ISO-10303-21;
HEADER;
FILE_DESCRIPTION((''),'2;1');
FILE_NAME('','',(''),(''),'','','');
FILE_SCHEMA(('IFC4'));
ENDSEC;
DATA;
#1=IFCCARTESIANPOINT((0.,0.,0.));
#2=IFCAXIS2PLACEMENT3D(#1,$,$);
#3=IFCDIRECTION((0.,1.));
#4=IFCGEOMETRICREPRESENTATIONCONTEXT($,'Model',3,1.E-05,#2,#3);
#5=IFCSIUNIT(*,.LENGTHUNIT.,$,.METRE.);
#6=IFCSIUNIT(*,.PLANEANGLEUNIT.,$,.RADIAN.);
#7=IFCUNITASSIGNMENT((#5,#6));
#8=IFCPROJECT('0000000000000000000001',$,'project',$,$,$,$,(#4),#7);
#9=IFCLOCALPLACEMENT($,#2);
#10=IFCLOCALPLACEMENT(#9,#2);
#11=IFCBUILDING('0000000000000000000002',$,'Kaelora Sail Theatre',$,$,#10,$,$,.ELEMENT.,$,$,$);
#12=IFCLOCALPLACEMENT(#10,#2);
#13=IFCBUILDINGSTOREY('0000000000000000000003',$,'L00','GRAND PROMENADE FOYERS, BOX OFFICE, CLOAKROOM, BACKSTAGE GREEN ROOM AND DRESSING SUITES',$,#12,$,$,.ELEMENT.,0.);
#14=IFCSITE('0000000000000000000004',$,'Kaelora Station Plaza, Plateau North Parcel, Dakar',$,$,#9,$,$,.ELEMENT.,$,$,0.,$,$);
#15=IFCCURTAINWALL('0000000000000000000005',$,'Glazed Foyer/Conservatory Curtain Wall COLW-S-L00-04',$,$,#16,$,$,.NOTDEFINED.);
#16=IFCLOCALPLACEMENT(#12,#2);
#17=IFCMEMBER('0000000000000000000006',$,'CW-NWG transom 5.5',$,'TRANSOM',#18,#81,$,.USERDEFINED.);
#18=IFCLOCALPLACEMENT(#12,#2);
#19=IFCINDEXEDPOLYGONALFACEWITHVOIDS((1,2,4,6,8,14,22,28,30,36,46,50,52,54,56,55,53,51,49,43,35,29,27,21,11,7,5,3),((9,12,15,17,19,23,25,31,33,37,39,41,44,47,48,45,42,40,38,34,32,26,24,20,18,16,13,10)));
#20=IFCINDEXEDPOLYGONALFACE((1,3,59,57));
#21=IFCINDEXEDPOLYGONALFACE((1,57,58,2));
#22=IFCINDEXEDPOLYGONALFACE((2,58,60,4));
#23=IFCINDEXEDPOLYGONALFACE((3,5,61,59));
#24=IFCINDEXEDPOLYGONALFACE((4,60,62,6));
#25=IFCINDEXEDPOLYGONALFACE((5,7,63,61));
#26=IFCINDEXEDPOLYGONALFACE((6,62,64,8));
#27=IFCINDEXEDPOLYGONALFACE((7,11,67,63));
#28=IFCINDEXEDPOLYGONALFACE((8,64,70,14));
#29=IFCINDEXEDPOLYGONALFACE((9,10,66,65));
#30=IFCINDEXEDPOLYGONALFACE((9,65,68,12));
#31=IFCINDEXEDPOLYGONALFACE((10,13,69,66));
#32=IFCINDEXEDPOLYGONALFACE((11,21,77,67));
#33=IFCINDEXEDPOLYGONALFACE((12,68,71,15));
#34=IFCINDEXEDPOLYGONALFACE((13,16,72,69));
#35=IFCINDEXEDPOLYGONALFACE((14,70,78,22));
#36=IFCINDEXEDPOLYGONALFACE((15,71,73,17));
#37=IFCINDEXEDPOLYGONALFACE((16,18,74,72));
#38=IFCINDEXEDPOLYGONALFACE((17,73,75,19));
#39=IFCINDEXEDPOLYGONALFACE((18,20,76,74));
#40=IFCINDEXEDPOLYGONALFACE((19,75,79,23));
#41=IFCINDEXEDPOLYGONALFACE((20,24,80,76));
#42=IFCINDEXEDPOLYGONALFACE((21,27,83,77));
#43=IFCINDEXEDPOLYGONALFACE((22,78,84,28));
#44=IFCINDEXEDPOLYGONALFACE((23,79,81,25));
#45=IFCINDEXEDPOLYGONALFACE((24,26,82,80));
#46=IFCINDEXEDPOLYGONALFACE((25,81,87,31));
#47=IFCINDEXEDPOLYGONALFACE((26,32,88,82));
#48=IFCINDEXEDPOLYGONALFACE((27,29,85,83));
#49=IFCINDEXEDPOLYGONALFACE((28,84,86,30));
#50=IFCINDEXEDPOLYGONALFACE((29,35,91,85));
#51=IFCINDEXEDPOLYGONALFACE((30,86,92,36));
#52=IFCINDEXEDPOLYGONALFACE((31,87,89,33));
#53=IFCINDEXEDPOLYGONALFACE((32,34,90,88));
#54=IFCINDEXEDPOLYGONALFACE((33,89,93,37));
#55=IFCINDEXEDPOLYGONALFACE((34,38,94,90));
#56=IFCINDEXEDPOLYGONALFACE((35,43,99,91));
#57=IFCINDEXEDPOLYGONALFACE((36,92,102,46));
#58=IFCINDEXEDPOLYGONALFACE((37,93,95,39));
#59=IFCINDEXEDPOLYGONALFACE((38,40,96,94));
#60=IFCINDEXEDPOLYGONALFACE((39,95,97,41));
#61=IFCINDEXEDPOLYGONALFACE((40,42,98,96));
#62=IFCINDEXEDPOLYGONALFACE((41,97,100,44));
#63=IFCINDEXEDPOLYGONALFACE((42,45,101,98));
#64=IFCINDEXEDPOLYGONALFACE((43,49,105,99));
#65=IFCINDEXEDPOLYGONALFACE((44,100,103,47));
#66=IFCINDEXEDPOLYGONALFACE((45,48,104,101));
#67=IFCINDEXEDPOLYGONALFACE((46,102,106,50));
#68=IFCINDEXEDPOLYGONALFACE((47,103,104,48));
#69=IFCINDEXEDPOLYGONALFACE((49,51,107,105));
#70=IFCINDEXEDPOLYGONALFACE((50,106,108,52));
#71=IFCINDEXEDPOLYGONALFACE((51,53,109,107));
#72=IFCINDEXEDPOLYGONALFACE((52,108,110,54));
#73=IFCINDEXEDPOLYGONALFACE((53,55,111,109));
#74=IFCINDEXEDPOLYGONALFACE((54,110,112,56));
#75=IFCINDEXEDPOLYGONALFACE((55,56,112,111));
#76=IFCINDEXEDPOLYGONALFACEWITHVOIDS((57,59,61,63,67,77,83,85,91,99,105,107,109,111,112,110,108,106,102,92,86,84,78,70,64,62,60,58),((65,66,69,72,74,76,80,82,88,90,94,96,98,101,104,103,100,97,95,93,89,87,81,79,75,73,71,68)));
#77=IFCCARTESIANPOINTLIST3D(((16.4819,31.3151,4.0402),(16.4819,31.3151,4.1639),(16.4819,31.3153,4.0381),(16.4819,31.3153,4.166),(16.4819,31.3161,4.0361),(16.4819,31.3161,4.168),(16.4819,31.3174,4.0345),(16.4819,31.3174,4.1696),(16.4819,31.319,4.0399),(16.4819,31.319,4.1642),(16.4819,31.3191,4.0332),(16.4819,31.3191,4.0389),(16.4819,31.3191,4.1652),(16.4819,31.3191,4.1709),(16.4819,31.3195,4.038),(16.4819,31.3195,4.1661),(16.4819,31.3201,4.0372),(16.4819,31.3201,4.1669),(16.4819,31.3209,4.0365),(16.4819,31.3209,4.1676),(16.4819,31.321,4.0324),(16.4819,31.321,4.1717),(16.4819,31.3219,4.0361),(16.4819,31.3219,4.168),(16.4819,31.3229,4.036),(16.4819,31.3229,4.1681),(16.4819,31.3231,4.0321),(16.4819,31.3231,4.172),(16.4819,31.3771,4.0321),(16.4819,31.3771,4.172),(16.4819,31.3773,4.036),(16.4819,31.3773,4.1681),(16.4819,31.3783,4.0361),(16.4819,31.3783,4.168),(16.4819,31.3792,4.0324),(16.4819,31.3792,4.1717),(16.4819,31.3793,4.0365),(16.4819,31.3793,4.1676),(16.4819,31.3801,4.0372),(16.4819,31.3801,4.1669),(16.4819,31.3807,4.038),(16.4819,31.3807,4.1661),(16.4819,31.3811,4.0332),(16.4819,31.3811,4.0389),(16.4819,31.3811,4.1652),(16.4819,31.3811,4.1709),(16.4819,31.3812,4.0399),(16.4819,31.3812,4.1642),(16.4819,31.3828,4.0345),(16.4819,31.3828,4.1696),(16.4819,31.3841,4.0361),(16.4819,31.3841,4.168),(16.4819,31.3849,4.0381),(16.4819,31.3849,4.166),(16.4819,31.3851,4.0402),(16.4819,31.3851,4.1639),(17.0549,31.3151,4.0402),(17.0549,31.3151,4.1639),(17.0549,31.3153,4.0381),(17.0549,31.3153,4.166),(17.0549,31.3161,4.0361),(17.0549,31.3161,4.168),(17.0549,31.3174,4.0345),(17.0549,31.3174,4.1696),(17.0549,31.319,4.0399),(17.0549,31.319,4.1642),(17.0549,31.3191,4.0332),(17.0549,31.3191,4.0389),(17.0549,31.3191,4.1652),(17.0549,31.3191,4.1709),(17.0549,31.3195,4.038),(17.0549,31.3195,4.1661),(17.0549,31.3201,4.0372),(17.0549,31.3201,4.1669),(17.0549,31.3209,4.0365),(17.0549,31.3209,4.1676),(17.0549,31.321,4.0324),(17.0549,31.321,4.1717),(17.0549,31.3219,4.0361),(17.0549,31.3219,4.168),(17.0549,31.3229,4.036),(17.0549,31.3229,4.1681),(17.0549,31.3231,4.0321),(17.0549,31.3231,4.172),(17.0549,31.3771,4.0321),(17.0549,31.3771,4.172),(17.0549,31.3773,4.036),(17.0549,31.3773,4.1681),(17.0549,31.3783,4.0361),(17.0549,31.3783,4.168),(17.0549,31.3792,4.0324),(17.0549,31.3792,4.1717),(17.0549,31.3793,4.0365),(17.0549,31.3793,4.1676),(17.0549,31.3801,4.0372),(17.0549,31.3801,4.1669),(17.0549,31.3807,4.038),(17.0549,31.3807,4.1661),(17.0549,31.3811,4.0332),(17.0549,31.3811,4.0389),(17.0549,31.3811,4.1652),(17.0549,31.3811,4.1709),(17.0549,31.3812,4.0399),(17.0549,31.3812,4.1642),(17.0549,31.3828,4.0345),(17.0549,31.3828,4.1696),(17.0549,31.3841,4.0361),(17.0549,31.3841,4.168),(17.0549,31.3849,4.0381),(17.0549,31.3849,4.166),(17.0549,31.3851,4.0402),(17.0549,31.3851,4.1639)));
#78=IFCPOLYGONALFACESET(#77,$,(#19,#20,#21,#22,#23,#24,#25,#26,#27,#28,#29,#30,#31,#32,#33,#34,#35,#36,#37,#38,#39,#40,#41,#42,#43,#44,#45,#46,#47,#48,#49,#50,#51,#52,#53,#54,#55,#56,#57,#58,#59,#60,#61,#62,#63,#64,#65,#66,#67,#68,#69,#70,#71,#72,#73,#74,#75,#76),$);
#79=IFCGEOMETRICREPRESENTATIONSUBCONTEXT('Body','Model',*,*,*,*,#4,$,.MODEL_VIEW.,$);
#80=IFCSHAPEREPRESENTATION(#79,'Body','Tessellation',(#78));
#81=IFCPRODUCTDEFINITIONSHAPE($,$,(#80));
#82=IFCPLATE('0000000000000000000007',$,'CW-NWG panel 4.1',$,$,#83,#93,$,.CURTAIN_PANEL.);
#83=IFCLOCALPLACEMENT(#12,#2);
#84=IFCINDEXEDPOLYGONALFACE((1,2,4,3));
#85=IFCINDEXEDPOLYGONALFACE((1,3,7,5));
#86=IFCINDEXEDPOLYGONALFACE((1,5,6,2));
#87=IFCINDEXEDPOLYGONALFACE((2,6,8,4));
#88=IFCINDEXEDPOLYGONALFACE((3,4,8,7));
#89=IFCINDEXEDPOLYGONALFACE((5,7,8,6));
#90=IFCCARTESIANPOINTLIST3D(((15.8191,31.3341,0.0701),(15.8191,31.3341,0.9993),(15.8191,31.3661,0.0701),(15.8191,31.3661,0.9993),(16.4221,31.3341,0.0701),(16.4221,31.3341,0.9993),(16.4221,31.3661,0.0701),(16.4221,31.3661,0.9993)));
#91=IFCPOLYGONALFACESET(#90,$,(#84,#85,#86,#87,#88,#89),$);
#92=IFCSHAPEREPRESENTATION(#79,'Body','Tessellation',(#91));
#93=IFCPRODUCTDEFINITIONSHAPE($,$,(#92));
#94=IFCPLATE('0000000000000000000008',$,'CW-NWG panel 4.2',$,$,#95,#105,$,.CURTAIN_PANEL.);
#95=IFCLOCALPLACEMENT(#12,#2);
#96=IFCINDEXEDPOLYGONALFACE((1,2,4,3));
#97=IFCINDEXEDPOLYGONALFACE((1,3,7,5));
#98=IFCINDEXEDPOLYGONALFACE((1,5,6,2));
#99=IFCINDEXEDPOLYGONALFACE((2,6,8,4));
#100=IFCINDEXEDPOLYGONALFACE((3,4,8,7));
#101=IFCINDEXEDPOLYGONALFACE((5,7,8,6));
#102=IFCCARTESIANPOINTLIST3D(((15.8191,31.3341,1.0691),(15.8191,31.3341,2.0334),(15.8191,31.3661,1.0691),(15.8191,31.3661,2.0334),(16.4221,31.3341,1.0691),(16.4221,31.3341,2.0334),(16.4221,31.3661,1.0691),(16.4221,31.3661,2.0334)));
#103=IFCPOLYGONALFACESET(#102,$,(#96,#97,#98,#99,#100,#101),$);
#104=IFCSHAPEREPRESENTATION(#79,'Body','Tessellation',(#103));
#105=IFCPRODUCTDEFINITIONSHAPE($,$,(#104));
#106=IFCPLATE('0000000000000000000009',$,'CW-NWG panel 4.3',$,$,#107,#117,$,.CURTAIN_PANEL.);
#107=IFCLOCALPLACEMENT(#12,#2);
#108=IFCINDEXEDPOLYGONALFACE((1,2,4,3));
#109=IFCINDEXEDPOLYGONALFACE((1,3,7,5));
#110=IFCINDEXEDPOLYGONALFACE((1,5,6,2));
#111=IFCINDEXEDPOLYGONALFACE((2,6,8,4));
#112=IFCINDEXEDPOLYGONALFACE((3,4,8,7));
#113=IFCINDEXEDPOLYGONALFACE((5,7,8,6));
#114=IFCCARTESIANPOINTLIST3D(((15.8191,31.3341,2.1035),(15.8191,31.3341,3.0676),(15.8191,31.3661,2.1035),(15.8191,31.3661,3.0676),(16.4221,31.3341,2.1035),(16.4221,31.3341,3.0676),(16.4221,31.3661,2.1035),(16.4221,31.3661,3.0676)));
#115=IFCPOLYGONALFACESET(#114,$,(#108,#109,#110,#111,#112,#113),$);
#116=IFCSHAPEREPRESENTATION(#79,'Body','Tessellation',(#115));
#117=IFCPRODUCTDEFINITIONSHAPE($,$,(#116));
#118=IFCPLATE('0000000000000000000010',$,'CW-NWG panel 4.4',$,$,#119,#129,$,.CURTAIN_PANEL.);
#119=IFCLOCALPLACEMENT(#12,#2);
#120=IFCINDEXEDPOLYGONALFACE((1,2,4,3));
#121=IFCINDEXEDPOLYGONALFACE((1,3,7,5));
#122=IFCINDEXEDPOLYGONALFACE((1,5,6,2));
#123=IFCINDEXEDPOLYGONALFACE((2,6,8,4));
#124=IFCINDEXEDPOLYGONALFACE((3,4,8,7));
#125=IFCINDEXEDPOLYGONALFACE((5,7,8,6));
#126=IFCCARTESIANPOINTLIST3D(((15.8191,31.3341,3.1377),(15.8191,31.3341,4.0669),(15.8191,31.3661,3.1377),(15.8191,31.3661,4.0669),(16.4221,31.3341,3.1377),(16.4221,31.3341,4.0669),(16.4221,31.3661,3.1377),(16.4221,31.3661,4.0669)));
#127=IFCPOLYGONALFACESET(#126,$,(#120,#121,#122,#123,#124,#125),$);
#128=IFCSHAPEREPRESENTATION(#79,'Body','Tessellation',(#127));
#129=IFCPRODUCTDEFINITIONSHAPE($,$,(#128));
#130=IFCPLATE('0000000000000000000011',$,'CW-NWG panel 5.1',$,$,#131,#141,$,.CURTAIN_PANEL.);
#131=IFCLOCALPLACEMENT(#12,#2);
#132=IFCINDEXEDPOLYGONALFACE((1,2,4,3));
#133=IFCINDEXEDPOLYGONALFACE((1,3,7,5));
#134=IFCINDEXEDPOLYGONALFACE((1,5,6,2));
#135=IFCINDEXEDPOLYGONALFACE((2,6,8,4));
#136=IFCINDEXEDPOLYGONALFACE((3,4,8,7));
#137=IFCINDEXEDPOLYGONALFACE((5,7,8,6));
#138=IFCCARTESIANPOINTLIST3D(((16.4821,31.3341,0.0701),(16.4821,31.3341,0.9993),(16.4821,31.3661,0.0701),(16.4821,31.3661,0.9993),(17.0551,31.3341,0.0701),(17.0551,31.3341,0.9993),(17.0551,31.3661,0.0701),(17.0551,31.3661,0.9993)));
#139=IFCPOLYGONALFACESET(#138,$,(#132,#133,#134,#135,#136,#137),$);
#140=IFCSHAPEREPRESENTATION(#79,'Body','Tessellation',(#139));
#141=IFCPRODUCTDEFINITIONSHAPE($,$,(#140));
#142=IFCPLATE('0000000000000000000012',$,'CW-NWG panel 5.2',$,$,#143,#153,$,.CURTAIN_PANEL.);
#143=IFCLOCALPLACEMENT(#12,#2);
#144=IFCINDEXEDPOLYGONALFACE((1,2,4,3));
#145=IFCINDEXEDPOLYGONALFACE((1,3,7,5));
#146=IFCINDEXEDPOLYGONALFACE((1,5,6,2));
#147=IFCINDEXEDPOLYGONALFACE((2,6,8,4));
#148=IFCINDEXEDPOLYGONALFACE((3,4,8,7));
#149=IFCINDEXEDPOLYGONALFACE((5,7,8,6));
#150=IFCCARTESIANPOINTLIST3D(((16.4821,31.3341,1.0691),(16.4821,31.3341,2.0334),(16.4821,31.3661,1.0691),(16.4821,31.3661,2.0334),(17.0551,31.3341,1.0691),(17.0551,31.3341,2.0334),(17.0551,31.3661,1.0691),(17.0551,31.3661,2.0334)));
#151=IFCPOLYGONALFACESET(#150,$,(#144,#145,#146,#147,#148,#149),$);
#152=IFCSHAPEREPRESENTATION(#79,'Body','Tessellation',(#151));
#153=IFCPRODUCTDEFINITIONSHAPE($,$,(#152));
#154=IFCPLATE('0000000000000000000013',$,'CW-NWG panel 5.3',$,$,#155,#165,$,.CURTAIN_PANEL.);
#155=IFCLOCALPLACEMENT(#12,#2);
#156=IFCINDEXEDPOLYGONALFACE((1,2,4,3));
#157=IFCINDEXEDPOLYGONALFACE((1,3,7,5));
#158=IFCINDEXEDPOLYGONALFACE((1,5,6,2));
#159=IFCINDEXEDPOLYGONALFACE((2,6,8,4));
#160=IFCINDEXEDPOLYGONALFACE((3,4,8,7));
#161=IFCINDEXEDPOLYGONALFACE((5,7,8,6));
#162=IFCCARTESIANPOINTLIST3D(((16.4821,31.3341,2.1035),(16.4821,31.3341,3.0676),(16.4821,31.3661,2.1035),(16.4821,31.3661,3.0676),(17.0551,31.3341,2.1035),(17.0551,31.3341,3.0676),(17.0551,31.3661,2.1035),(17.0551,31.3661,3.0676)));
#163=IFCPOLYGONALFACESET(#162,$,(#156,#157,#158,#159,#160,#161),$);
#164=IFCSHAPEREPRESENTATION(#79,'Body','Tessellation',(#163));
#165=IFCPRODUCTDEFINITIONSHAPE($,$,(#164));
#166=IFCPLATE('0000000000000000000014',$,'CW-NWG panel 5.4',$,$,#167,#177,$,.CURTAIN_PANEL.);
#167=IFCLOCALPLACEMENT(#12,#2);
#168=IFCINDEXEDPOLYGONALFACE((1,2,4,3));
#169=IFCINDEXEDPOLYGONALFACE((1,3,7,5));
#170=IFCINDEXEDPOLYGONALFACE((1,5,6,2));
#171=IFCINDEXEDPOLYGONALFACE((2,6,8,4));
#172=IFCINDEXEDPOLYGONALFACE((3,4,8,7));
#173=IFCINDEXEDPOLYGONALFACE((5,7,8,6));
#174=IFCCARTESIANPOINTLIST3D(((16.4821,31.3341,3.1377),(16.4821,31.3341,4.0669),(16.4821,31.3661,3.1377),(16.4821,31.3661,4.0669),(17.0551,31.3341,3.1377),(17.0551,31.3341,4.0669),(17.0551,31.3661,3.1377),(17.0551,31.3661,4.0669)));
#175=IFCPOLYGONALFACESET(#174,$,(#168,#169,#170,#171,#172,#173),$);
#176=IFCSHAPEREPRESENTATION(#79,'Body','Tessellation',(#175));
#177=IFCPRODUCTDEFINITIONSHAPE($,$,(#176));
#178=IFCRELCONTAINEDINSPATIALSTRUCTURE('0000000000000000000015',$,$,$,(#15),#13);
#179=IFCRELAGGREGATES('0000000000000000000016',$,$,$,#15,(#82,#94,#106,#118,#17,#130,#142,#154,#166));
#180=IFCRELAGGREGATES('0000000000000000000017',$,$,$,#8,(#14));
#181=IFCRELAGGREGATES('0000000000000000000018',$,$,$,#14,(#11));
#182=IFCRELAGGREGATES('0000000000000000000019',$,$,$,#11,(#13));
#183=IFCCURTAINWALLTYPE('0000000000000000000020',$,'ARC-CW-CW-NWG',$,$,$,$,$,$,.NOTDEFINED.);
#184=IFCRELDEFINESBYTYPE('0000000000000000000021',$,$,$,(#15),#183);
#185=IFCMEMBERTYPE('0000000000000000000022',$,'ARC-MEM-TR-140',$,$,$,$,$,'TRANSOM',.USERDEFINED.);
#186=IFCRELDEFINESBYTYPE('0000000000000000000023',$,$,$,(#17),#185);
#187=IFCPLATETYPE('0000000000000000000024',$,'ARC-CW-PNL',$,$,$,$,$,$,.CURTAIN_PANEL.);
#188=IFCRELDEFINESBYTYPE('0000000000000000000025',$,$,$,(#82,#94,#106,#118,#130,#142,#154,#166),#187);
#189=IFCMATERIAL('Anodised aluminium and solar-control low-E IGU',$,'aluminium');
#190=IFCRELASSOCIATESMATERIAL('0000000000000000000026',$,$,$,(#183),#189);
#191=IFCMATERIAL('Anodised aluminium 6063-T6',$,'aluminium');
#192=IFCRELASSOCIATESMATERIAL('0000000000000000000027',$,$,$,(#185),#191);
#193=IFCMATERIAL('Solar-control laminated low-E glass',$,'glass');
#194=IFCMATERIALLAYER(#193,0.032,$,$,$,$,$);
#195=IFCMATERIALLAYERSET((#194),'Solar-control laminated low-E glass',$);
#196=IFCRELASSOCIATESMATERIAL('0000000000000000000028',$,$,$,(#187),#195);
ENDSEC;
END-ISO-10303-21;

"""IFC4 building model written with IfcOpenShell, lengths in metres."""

from ifc_helpers import new_model, si_unit, direction, frame, origin, origin_2d, place, context, subcontext, project, spatial, rectangle, hollow_rectangle, extrude, material, layer, layer_set, material_profile, profile_set, type_object, element, aggregate, save


model = new_model("IFC4")

# Units and contexts
model_context = context("Model", 3, precision=1e-05, world=origin(), true_north=direction((0.0, 1.0)))
body_context = subcontext(model_context, "Body", "Model", "MODEL_VIEW")
ifc_project = project(units=[si_unit("LENGTHUNIT", "METRE"), si_unit("PLANEANGLEUNIT", "RADIAN")], contexts=[model_context])

# Site, building, storey
site_placement = place(None, origin())
site = spatial("IfcSite", under=ifc_project, at=site_placement, Name="Kaelora Station Plaza, Plateau North Parcel, Dakar", CompositionType="ELEMENT", RefElevation=0.0)
building_placement = place(site_placement, origin())
building = spatial("IfcBuilding", under=site, at=building_placement, Name="Kaelora Sail Theatre", CompositionType="ELEMENT")
storey_placement = place(building_placement, origin())
storey = spatial("IfcBuildingStorey", under=building, at=storey_placement, Name="L00", Description="GRAND PROMENADE FOYERS, BOX OFFICE, CLOAKROOM, BACKSTAGE GREEN ROOM AND DRESSING SUITES", CompositionType="ELEMENT", Elevation=0.0)

# Curtain wall, member, plates
ifc_material_1 = material(Name="Anodised aluminium and solar-control low-E IGU", Category="aluminium")
curtain_wall_type = type_object("IfcCurtainWallType", Name="ARC-CW-CW-NWG", PredefinedType="NOTDEFINED", material=ifc_material_1)
curtain_wall_placement = place(storey_placement, origin())
curtain_wall = element("IfcCurtainWall", 1, at=curtain_wall_placement, inside=storey, type_object=curtain_wall_type, Name="Glazed Foyer/Conservatory Curtain Wall COLW-S-L00-04", PredefinedType="NOTDEFINED")
ifc_material_2 = material(Name="Anodised aluminium 6063-T6", Category="aluminium")
ifc_material_profile_1 = material_profile(ifc_material_2, hollow_rectangle(XDim=0.0701, YDim=0.1399, WallThickness=0.0039, InnerFilletRadius=0.0039, OuterFilletRadius=0.0081, at=origin_2d()), Name="ALU-TRAN 70x140x4")
ifc_profile_set_1 = profile_set([ifc_material_profile_1], Name="Anodised aluminium 6063-T6")
member_type_1 = type_object("IfcMemberType", Name="ARC-MEM-TR-140", ElementType="TRANSOM", PredefinedType="USERDEFINED", material=ifc_profile_set_1)
member_1_placement = place(storey_placement, frame((16.4819, 31.3501, 4.1021), z_axis=(1.0, 0.0, 0.0), x_axis=(0.0, 1.0, 0.0)))
member_1 = element("IfcMember", 2, at=member_1_placement, type_object=member_type_1, Name="CW-NWG transom 5.5", ObjectType="TRANSOM", PredefinedType="USERDEFINED", context=body_context, shape_type="SweptSolid", body=[
    extrude(hollow_rectangle(XDim=0.0701, YDim=0.1399, WallThickness=0.0039, InnerFilletRadius=0.0039, OuterFilletRadius=0.0081, at=origin_2d()), origin(), (0.0, 0.0, 1.0), 0.573),
])
ifc_material_3 = material(Name="Solar-control laminated low-E glass", Category="glass")
ifc_layer = layer(ifc_material_3, 0.032)
ifc_layer_set = layer_set([ifc_layer], Name="Solar-control laminated low-E glass")
plate_type = type_object("IfcPlateType", Name="ARC-CW-PNL", PredefinedType="CURTAIN_PANEL", material=ifc_layer_set)
plate_1_placement = place(storey_placement, frame((16.1206, 31.3501, 0.0701), z_axis=(0.0, 0.0, 1.0), x_axis=(1.0, 0.0, 0.0)))
plate_1 = element("IfcPlate", 3, at=plate_1_placement, type_object=plate_type, Name="CW-NWG panel 4.1", PredefinedType="CURTAIN_PANEL", context=body_context, shape_type="SweptSolid", body=[
    extrude(rectangle(XDim=0.603, YDim=0.032, at=origin_2d()), origin(), (0.0, 0.0, 1.0), 0.9292),
])
plate_2_placement = place(storey_placement, frame((16.1206, 31.3501, 1.0691), z_axis=(0.0, 0.0, 1.0), x_axis=(1.0, 0.0, 0.0)))
plate_2 = element("IfcPlate", 4, at=plate_2_placement, type_object=plate_type, Name="CW-NWG panel 4.2", PredefinedType="CURTAIN_PANEL", context=body_context, shape_type="SweptSolid", body=[
    extrude(rectangle(XDim=0.603, YDim=0.032, at=origin_2d()), origin(), (0.0, 0.0, 1.0), 0.9644),
])
plate_3_placement = place(storey_placement, frame((16.1206, 31.3501, 2.1035), z_axis=(0.0, 0.0, 1.0), x_axis=(1.0, 0.0, 0.0)))
plate_3 = element("IfcPlate", 5, at=plate_3_placement, type_object=plate_type, Name="CW-NWG panel 4.3", PredefinedType="CURTAIN_PANEL", context=body_context, shape_type="SweptSolid", body=[
    extrude(rectangle(XDim=0.603, YDim=0.032, at=origin_2d()), origin(), (0.0, 0.0, 1.0), 0.9641),
])
plate_4_placement = place(storey_placement, frame((16.1206, 31.3501, 3.1377), z_axis=(0.0, 0.0, 1.0), x_axis=(1.0, 0.0, 0.0)))
plate_4 = element("IfcPlate", 6, at=plate_4_placement, type_object=plate_type, Name="CW-NWG panel 4.4", PredefinedType="CURTAIN_PANEL", context=body_context, shape_type="SweptSolid", body=[
    extrude(rectangle(XDim=0.603, YDim=0.032, at=origin_2d()), origin(), (0.0, 0.0, 1.0), 0.9292),
])
plate_5_placement = place(storey_placement, frame((16.7686, 31.3501, 0.0701), z_axis=(0.0, 0.0, 1.0), x_axis=(1.0, 0.0, 0.0)))
plate_5 = element("IfcPlate", 7, at=plate_5_placement, type_object=plate_type, Name="CW-NWG panel 5.1", PredefinedType="CURTAIN_PANEL", context=body_context, shape_type="SweptSolid", body=[
    extrude(rectangle(XDim=0.573, YDim=0.032, at=origin_2d()), origin(), (0.0, 0.0, 1.0), 0.9292),
])
plate_6_placement = place(storey_placement, frame((16.7686, 31.3501, 1.0691), z_axis=(0.0, 0.0, 1.0), x_axis=(1.0, 0.0, 0.0)))
plate_6 = element("IfcPlate", 8, at=plate_6_placement, type_object=plate_type, Name="CW-NWG panel 5.2", PredefinedType="CURTAIN_PANEL", context=body_context, shape_type="SweptSolid", body=[
    extrude(rectangle(XDim=0.573, YDim=0.032, at=origin_2d()), origin(), (0.0, 0.0, 1.0), 0.9644),
])
plate_7_placement = place(storey_placement, frame((16.7686, 31.3501, 2.1035), z_axis=(0.0, 0.0, 1.0), x_axis=(1.0, 0.0, 0.0)))
plate_7 = element("IfcPlate", 9, at=plate_7_placement, type_object=plate_type, Name="CW-NWG panel 5.3", PredefinedType="CURTAIN_PANEL", context=body_context, shape_type="SweptSolid", body=[
    extrude(rectangle(XDim=0.573, YDim=0.032, at=origin_2d()), origin(), (0.0, 0.0, 1.0), 0.9641),
])
plate_8_placement = place(storey_placement, frame((16.7686, 31.3501, 3.1377), z_axis=(0.0, 0.0, 1.0), x_axis=(1.0, 0.0, 0.0)))
plate_8 = element("IfcPlate", 10, at=plate_8_placement, type_object=plate_type, Name="CW-NWG panel 5.4", PredefinedType="CURTAIN_PANEL", context=body_context, shape_type="SweptSolid", body=[
    extrude(rectangle(XDim=0.573, YDim=0.032, at=origin_2d()), origin(), (0.0, 0.0, 1.0), 0.9292),
])
aggregate(curtain_wall, [plate_1, plate_2, plate_3, plate_4, member_1, plate_5, plate_6, plate_7, plate_8])

save(model, "model.ifc")
